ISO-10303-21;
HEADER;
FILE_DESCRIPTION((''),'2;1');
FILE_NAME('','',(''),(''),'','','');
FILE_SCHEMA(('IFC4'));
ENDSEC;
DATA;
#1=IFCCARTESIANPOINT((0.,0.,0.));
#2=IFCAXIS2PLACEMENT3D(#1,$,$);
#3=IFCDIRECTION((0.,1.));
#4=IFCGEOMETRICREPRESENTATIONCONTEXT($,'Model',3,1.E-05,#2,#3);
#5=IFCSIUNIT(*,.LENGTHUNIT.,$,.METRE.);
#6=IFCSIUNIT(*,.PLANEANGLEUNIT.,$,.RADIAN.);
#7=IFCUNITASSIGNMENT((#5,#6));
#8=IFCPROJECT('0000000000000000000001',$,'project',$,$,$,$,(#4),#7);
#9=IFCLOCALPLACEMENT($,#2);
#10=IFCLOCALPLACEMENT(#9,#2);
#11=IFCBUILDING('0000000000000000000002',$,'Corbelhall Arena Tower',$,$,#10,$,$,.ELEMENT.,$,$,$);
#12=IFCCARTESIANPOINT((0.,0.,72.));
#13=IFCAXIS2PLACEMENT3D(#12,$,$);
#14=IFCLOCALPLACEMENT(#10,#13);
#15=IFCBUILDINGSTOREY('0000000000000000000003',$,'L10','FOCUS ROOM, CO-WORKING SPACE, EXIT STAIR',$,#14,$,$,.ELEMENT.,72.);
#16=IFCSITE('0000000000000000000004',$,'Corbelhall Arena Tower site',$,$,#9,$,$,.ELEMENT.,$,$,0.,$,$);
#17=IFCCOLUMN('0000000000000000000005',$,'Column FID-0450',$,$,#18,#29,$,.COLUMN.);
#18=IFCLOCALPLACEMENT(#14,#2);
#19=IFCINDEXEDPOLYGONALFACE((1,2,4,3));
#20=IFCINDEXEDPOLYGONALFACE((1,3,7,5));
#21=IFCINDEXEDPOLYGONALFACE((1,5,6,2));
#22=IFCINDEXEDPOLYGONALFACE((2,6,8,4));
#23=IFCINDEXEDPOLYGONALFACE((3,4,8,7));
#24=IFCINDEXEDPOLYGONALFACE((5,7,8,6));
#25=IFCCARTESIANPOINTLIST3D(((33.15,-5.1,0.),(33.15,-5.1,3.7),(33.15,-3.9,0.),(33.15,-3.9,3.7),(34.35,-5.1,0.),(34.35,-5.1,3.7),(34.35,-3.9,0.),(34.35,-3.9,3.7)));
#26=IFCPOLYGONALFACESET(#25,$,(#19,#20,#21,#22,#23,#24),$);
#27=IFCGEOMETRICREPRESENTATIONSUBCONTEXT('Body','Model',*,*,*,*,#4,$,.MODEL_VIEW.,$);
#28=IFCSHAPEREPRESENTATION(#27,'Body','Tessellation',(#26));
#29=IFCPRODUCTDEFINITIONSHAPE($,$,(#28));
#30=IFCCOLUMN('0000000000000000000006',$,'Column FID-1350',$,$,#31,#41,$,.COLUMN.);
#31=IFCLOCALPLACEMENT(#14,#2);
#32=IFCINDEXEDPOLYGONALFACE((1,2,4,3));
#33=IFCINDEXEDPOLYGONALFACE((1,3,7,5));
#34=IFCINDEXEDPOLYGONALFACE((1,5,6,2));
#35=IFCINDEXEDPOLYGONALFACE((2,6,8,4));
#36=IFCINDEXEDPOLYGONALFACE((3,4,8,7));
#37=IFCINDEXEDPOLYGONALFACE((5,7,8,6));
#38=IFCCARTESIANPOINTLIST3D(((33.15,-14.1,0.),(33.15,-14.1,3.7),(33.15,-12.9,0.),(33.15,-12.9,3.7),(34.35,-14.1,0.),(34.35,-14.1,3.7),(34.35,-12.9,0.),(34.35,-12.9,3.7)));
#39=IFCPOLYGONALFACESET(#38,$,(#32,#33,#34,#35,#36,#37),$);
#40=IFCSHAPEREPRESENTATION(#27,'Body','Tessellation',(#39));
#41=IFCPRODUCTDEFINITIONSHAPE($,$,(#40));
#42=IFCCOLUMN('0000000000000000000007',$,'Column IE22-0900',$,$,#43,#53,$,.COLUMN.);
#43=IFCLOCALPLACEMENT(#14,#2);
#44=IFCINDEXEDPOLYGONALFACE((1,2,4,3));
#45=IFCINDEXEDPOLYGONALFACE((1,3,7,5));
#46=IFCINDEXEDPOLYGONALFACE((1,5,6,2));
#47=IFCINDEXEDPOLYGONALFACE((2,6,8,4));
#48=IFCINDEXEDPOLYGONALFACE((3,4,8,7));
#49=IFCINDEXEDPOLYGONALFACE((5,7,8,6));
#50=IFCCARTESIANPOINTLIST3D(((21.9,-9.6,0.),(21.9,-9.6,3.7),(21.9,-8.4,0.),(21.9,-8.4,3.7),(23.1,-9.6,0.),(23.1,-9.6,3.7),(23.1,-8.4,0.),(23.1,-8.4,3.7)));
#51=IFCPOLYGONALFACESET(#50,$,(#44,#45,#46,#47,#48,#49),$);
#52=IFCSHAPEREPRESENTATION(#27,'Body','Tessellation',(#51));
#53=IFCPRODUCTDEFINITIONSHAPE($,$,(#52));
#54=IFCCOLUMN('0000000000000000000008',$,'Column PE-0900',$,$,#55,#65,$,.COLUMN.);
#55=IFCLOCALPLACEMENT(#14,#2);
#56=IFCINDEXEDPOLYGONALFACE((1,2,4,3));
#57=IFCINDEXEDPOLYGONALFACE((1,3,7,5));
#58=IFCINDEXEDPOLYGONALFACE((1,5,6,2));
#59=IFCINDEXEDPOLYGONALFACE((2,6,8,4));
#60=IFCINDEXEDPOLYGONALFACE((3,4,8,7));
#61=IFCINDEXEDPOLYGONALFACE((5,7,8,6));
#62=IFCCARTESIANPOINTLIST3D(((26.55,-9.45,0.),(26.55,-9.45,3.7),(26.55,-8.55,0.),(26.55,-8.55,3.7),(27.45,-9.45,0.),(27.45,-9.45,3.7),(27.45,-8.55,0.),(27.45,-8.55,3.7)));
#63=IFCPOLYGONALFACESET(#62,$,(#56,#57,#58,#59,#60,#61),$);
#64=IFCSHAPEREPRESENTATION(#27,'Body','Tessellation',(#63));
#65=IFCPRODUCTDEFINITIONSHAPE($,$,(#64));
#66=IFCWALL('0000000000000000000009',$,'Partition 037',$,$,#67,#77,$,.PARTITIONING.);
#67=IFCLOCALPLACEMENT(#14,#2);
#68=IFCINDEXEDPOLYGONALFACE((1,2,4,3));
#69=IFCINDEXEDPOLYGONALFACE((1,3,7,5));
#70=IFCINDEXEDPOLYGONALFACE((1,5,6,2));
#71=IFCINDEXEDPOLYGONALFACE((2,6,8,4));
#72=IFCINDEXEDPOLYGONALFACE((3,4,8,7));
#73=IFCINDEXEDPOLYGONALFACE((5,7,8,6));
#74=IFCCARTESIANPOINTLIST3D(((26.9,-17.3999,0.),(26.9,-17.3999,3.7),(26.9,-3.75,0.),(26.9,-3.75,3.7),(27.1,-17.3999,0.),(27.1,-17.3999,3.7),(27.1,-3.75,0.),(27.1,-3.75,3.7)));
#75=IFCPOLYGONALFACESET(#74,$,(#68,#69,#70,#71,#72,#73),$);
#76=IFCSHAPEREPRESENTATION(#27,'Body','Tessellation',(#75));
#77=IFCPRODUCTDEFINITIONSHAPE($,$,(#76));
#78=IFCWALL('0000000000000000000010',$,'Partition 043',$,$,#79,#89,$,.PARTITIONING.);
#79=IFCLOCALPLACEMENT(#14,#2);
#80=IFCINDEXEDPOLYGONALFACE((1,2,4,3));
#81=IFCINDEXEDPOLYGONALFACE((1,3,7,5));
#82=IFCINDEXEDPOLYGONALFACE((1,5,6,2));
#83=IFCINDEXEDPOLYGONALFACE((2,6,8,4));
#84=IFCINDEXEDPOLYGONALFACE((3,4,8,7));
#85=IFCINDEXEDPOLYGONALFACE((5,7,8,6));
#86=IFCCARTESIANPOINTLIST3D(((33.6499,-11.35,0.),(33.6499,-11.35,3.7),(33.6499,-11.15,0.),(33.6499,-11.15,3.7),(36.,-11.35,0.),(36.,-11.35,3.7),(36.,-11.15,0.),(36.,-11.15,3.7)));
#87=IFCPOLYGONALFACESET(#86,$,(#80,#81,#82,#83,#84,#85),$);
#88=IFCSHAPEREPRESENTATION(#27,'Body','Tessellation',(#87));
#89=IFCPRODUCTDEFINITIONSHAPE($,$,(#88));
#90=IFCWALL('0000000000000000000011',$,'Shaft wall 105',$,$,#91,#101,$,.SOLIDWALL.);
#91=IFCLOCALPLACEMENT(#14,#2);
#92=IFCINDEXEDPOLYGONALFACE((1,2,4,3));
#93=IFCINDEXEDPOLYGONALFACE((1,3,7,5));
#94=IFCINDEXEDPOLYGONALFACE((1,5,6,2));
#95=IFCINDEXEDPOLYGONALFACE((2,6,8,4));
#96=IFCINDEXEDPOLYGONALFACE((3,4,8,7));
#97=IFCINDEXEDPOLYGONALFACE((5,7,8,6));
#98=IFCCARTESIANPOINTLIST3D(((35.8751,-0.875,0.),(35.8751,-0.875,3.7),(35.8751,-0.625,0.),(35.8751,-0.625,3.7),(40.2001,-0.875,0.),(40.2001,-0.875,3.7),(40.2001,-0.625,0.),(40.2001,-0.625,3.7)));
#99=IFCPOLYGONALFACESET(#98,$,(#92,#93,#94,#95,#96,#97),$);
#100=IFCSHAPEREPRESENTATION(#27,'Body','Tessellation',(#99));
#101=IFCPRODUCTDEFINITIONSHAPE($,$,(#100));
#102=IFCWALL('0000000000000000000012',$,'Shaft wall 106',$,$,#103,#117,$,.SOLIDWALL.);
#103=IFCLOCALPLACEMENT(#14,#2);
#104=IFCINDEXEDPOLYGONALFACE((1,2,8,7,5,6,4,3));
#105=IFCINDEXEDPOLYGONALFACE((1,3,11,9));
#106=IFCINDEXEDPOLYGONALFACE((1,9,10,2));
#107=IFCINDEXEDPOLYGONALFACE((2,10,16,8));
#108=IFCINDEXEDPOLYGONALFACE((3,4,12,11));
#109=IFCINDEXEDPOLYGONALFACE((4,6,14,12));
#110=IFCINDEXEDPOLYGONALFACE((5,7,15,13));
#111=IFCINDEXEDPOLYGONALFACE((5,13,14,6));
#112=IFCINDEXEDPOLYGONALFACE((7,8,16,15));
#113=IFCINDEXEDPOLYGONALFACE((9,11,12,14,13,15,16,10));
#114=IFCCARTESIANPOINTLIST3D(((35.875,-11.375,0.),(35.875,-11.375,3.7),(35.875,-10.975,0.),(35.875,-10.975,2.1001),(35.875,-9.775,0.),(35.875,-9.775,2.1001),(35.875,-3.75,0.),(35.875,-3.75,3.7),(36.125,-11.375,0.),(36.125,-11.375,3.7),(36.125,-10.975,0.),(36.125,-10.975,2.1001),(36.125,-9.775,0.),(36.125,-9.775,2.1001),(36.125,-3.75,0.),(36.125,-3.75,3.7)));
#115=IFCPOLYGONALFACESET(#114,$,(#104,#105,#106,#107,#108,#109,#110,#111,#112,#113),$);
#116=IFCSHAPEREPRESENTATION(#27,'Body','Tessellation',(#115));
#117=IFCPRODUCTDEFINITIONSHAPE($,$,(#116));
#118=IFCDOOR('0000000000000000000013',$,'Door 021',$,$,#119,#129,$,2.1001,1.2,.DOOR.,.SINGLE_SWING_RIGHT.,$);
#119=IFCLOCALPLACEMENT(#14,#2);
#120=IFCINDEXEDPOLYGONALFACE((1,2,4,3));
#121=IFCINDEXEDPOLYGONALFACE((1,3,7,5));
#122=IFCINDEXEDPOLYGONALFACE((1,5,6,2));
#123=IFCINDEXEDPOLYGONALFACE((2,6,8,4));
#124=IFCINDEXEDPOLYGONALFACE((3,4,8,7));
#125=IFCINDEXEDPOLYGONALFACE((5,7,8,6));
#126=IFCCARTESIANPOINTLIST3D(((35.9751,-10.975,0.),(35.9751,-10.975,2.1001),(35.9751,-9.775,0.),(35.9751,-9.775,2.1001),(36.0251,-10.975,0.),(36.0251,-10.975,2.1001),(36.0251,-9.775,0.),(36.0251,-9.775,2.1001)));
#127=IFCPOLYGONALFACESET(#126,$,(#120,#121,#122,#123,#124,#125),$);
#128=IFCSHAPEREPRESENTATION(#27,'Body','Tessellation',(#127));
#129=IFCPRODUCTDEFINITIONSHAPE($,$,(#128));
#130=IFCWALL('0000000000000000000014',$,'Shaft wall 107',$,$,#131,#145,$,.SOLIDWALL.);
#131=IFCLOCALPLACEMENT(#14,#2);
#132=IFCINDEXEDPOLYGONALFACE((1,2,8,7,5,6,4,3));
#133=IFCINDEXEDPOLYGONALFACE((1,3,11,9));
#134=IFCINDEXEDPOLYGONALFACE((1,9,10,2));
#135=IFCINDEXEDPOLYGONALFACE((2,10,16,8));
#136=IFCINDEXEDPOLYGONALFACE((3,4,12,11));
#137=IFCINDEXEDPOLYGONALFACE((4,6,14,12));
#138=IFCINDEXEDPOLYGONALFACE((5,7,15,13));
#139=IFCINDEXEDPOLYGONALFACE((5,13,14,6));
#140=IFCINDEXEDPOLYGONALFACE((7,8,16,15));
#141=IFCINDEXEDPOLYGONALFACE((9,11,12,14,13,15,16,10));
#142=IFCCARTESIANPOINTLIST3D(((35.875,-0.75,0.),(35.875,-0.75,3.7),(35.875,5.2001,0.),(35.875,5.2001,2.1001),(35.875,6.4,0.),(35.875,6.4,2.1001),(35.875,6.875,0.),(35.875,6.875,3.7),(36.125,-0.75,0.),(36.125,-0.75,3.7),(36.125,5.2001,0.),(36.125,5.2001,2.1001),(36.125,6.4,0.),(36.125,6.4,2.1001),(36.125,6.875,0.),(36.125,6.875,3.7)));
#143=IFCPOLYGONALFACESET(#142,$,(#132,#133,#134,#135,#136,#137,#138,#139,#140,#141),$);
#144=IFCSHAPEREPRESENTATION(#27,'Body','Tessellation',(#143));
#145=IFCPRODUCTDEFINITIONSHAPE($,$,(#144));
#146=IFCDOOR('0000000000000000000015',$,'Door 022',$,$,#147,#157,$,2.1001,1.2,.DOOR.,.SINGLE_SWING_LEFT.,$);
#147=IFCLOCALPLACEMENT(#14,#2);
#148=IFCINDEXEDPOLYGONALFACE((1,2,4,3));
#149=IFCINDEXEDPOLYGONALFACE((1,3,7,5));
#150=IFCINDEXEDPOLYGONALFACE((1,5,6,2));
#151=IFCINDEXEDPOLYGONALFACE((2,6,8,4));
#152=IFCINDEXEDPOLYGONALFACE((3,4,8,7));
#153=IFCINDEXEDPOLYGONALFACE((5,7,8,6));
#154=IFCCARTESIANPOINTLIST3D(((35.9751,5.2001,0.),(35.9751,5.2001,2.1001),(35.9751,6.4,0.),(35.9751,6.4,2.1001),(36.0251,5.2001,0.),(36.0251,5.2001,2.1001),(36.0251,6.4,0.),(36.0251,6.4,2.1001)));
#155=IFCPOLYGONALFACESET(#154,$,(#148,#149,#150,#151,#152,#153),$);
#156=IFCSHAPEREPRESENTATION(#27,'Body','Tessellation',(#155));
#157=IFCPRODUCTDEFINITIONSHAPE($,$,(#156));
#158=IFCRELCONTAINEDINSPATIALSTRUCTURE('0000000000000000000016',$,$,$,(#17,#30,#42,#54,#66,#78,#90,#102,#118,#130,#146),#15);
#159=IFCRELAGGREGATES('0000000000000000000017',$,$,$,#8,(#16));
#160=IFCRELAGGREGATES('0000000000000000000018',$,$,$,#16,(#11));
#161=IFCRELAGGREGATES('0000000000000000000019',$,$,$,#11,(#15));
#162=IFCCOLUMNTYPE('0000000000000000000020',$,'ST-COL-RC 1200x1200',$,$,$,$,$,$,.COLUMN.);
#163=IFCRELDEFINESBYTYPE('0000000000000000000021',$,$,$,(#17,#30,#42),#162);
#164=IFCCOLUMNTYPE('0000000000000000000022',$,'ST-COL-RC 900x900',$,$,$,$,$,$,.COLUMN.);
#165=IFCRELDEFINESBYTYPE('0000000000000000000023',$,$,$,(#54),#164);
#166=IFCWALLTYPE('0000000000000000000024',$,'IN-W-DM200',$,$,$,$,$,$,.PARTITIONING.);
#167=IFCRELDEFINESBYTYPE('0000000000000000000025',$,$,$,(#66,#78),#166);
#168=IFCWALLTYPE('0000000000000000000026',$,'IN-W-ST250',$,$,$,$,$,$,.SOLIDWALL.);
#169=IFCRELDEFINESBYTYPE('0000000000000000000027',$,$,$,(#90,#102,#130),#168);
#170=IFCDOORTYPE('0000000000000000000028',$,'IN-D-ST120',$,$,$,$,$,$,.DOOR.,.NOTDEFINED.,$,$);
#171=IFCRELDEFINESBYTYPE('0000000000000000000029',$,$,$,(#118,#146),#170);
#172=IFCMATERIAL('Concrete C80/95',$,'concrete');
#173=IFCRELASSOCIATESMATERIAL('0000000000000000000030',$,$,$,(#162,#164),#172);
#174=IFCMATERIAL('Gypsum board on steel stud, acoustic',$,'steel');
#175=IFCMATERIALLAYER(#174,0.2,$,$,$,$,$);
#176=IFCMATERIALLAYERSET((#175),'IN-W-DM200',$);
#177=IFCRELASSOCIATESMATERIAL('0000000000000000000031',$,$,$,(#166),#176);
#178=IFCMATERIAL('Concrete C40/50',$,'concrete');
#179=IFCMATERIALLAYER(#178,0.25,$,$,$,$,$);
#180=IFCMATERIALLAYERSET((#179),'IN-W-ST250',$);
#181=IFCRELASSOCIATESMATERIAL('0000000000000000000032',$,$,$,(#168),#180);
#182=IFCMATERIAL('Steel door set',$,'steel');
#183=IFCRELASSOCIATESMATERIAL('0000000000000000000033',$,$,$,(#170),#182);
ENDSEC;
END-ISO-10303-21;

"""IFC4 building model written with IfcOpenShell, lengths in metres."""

from ifc_helpers import new_model, si_unit, direction, frame, frame_2d, origin, origin_2d, place, context, subcontext, project, spatial, rectangle, extrude, material, layer, layer_set, material_profile, profile_set, type_object, element, fill, save


model = new_model("IFC4")

# Units and contexts
model_context = context("Model", 3, precision=1e-05, world=origin(), true_north=direction((0.0, 1.0)))
body_context = subcontext(model_context, "Body", "Model", "MODEL_VIEW")
ifc_project = project(units=[si_unit("LENGTHUNIT", "METRE"), si_unit("PLANEANGLEUNIT", "RADIAN")], contexts=[model_context])

# Site, building, storey
site_placement = place(None, origin())
site = spatial("IfcSite", under=ifc_project, at=site_placement, Name="Corbelhall Arena Tower site", CompositionType="ELEMENT", RefElevation=0.0)
building_placement = place(site_placement, origin())
building = spatial("IfcBuilding", under=site, at=building_placement, Name="Corbelhall Arena Tower", CompositionType="ELEMENT")
storey_placement = place(building_placement, frame((0.0, 0.0, 72.0)))
storey = spatial("IfcBuildingStorey", under=building, at=storey_placement, Name="L10", Description="FOCUS ROOM, CO-WORKING SPACE, EXIT STAIR", CompositionType="ELEMENT", Elevation=72.0)

# Columns
ifc_material_1 = material(Name="Concrete C80/95", Category="concrete")
ifc_material_profile_1 = material_profile(ifc_material_1, rectangle(XDim=1.2, YDim=1.2, at=origin_2d()))
ifc_profile_set_1 = profile_set([ifc_material_profile_1], Name="Concrete C80/95")
column_type_1 = type_object("IfcColumnType", Name="ST-COL-RC 1200x1200", PredefinedType="COLUMN", material=ifc_profile_set_1)
for number, where, z_axis, x_axis, name in (
    (1, (33.75, -4.5, 0.0), (0.0, 0.0, 1.0), (1.0, 0.0, 0.0), "Column FID-0450"),
    (2, (33.75, -13.5, 0.0), (0.0, 0.0, 1.0), (1.0, 0.0, 0.0), "Column FID-1350"),
    (3, (22.5, -9.0, 0.0), (0.0, 0.0, 1.0), (1.0, 0.0, 0.0), "Column IE22-0900"),
):
    element("IfcColumn", number, at=place(storey_placement, frame(where, z_axis=z_axis, x_axis=x_axis)), inside=storey, type_object=column_type_1, Name=name, PredefinedType="COLUMN", context=body_context, shape_type="SweptSolid", body=[
        extrude(rectangle(XDim=1.2, YDim=1.2, at=origin_2d()), origin(), (0.0, 0.0, 1.0), 3.7),
    ])
ifc_material_profile_2 = material_profile(ifc_material_1, rectangle(XDim=0.8999, YDim=0.8999, at=origin_2d()))
ifc_profile_set_2 = profile_set([ifc_material_profile_2], Name="Concrete C80/95")
column_type_2 = type_object("IfcColumnType", Name="ST-COL-RC 900x900", PredefinedType="COLUMN", material=ifc_profile_set_2)
column_placement = place(storey_placement, frame((27.0, -9.0, 0.0), z_axis=(0.0, 0.0, 1.0), x_axis=(1.0, 0.0, 0.0)))
element("IfcColumn", 4, at=column_placement, inside=storey, type_object=column_type_2, Name="Column PE-0900", PredefinedType="COLUMN", context=body_context, shape_type="SweptSolid", body=[
    extrude(rectangle(XDim=0.8999, YDim=0.8999, at=origin_2d()), origin(), (0.0, 0.0, 1.0), 3.7),
])

# Shared definitions
ifc_material_2 = material(Name="Gypsum board on steel stud, acoustic", Category="steel")
ifc_layer_1 = layer(ifc_material_2, 0.2)
ifc_layer_set_1 = layer_set([ifc_layer_1], Name="IN-W-DM200")
wall_type_1 = type_object("IfcWallType", Name="IN-W-DM200", PredefinedType="PARTITIONING", material=ifc_layer_set_1)
ifc_material_3 = material(Name="Steel door set", Category="steel")

# Wall
wall_1_placement = place(storey_placement, frame((27.0, -3.75, 0.0), z_axis=(0.0, 0.0, 1.0), x_axis=(0.0, -1.0, 0.0)))
element("IfcWall", 5, at=wall_1_placement, inside=storey, type_object=wall_type_1, Name="Partition 037", PredefinedType="PARTITIONING", context=body_context, shape_type="SweptSolid", body=[
    extrude(rectangle(XDim=13.6499, YDim=0.2, at=frame_2d((6.825, 0.0))), origin(), (0.0, 0.0, 1.0), 3.7),
])

# Walls
wall_2_placement = place(storey_placement, frame((36.0, -11.25, 0.0), z_axis=(0.0, 0.0, 1.0), x_axis=(-1.0, 0.0, 0.0)))
element("IfcWall", 6, at=wall_2_placement, inside=storey, type_object=wall_type_1, Name="Partition 043", PredefinedType="PARTITIONING", context=body_context, shape_type="SweptSolid", body=[
    extrude(rectangle(XDim=2.3501, YDim=0.2, at=frame_2d((1.175, 0.0))), origin(), (0.0, 0.0, 1.0), 3.7),
])
ifc_material_4 = material(Name="Concrete C40/50", Category="concrete")
ifc_layer_2 = layer(ifc_material_4, 0.25)
ifc_layer_set_2 = layer_set([ifc_layer_2], Name="IN-W-ST250")
wall_type_2 = type_object("IfcWallType", Name="IN-W-ST250", PredefinedType="SOLIDWALL", material=ifc_layer_set_2)
wall_3_placement = place(storey_placement, frame((35.875, -0.75, 0.0), z_axis=(0.0, 0.0, 1.0), x_axis=(1.0, 0.0, 0.0)))
element("IfcWall", 7, at=wall_3_placement, inside=storey, type_object=wall_type_2, Name="Shaft wall 105", PredefinedType="SOLIDWALL", context=body_context, shape_type="SweptSolid", body=[
    extrude(rectangle(XDim=4.325, YDim=0.25, at=frame_2d((2.1626, 0.0))), origin(), (0.0, 0.0, 1.0), 3.7),
])

# Walls, openings, doors
wall_4_placement = place(storey_placement, frame((36.0, -11.375, 0.0), z_axis=(0.0, 0.0, 1.0), x_axis=(0.0, 1.0, 0.0)))
wall_4 = element("IfcWall", 8, at=wall_4_placement, inside=storey, type_object=wall_type_2, Name="Shaft wall 106", PredefinedType="SOLIDWALL", context=body_context, shape_type="SweptSolid", body=[
    extrude(rectangle(XDim=7.625, YDim=0.25, at=frame_2d((3.8125, 0.0))), origin(), (0.0, 0.0, 1.0), 3.7),
])
opening_1_placement = place(wall_4_placement, frame((0.3999, 0.0, 0.0)))
opening_1 = element("IfcOpeningElement", 9, at=opening_1_placement, cuts=wall_4, PredefinedType="OPENING", context=body_context, shape_type="SweptSolid", body=[
    extrude(rectangle(XDim=1.2, YDim=2.1001, at=frame_2d((0.6001, 1.05))), frame((0.0, 0.125, 0.0), z_axis=(0.0, -1.0, 0.0), x_axis=(1.0, 0.0, 0.0)), (0.0, 0.0, 1.0), 0.25),
])
door_type_1 = type_object("IfcDoorType", Name="IN-D-ST120", OperationType="NOTDEFINED", PredefinedType="DOOR", material=ifc_material_3)
door_1_placement = place(opening_1_placement, origin())
door_1 = element("IfcDoor", 10, at=door_1_placement, inside=storey, type_object=door_type_1, Name="Door 021", OperationType="SINGLE_SWING_RIGHT", OverallHeight=2.1001, OverallWidth=1.2, PredefinedType="DOOR", context=body_context, shape_type="SweptSolid", body=[
    extrude(rectangle(XDim=1.2, YDim=2.1001, at=frame_2d((0.6001, 1.05))), frame((0.0, 0.0249, 0.0), z_axis=(0.0, -1.0, 0.0), x_axis=(1.0, 0.0, 0.0)), (0.0, 0.0, 1.0), 0.05),
])
fill(opening_1, door_1)
wall_5_placement = place(storey_placement, frame((36.0, -0.75, 0.0), z_axis=(0.0, 0.0, 1.0), x_axis=(0.0, 1.0, 0.0)))
wall_5 = element("IfcWall", 11, at=wall_5_placement, inside=storey, type_object=wall_type_2, Name="Shaft wall 107", PredefinedType="SOLIDWALL", context=body_context, shape_type="SweptSolid", body=[
    extrude(rectangle(XDim=7.625, YDim=0.25, at=frame_2d((3.8125, 0.0))), origin(), (0.0, 0.0, 1.0), 3.7),
])
opening_2_placement = place(wall_5_placement, frame((5.95, 0.0, 0.0)))
opening_2 = element("IfcOpeningElement", 12, at=opening_2_placement, cuts=wall_5, PredefinedType="OPENING", context=body_context, shape_type="SweptSolid", body=[
    extrude(rectangle(XDim=1.2, YDim=2.1001, at=frame_2d((0.6001, 1.05))), frame((0.0, 0.125, 0.0), z_axis=(0.0, -1.0, 0.0), x_axis=(1.0, 0.0, 0.0)), (0.0, 0.0, 1.0), 0.25),
])
door_2_placement = place(opening_2_placement, origin())
door_2 = element("IfcDoor", 13, at=door_2_placement, inside=storey, type_object=door_type_1, Name="Door 022", OperationType="SINGLE_SWING_LEFT", OverallHeight=2.1001, OverallWidth=1.2, PredefinedType="DOOR", context=body_context, shape_type="SweptSolid", body=[
    extrude(rectangle(XDim=1.2, YDim=2.1001, at=frame_2d((0.6001, 1.05))), frame((0.0, 0.0249, 0.0), z_axis=(0.0, -1.0, 0.0), x_axis=(1.0, 0.0, 0.0)), (0.0, 0.0, 1.0), 0.05),
])
fill(opening_2, door_2)

save(model, "model.ifc")
